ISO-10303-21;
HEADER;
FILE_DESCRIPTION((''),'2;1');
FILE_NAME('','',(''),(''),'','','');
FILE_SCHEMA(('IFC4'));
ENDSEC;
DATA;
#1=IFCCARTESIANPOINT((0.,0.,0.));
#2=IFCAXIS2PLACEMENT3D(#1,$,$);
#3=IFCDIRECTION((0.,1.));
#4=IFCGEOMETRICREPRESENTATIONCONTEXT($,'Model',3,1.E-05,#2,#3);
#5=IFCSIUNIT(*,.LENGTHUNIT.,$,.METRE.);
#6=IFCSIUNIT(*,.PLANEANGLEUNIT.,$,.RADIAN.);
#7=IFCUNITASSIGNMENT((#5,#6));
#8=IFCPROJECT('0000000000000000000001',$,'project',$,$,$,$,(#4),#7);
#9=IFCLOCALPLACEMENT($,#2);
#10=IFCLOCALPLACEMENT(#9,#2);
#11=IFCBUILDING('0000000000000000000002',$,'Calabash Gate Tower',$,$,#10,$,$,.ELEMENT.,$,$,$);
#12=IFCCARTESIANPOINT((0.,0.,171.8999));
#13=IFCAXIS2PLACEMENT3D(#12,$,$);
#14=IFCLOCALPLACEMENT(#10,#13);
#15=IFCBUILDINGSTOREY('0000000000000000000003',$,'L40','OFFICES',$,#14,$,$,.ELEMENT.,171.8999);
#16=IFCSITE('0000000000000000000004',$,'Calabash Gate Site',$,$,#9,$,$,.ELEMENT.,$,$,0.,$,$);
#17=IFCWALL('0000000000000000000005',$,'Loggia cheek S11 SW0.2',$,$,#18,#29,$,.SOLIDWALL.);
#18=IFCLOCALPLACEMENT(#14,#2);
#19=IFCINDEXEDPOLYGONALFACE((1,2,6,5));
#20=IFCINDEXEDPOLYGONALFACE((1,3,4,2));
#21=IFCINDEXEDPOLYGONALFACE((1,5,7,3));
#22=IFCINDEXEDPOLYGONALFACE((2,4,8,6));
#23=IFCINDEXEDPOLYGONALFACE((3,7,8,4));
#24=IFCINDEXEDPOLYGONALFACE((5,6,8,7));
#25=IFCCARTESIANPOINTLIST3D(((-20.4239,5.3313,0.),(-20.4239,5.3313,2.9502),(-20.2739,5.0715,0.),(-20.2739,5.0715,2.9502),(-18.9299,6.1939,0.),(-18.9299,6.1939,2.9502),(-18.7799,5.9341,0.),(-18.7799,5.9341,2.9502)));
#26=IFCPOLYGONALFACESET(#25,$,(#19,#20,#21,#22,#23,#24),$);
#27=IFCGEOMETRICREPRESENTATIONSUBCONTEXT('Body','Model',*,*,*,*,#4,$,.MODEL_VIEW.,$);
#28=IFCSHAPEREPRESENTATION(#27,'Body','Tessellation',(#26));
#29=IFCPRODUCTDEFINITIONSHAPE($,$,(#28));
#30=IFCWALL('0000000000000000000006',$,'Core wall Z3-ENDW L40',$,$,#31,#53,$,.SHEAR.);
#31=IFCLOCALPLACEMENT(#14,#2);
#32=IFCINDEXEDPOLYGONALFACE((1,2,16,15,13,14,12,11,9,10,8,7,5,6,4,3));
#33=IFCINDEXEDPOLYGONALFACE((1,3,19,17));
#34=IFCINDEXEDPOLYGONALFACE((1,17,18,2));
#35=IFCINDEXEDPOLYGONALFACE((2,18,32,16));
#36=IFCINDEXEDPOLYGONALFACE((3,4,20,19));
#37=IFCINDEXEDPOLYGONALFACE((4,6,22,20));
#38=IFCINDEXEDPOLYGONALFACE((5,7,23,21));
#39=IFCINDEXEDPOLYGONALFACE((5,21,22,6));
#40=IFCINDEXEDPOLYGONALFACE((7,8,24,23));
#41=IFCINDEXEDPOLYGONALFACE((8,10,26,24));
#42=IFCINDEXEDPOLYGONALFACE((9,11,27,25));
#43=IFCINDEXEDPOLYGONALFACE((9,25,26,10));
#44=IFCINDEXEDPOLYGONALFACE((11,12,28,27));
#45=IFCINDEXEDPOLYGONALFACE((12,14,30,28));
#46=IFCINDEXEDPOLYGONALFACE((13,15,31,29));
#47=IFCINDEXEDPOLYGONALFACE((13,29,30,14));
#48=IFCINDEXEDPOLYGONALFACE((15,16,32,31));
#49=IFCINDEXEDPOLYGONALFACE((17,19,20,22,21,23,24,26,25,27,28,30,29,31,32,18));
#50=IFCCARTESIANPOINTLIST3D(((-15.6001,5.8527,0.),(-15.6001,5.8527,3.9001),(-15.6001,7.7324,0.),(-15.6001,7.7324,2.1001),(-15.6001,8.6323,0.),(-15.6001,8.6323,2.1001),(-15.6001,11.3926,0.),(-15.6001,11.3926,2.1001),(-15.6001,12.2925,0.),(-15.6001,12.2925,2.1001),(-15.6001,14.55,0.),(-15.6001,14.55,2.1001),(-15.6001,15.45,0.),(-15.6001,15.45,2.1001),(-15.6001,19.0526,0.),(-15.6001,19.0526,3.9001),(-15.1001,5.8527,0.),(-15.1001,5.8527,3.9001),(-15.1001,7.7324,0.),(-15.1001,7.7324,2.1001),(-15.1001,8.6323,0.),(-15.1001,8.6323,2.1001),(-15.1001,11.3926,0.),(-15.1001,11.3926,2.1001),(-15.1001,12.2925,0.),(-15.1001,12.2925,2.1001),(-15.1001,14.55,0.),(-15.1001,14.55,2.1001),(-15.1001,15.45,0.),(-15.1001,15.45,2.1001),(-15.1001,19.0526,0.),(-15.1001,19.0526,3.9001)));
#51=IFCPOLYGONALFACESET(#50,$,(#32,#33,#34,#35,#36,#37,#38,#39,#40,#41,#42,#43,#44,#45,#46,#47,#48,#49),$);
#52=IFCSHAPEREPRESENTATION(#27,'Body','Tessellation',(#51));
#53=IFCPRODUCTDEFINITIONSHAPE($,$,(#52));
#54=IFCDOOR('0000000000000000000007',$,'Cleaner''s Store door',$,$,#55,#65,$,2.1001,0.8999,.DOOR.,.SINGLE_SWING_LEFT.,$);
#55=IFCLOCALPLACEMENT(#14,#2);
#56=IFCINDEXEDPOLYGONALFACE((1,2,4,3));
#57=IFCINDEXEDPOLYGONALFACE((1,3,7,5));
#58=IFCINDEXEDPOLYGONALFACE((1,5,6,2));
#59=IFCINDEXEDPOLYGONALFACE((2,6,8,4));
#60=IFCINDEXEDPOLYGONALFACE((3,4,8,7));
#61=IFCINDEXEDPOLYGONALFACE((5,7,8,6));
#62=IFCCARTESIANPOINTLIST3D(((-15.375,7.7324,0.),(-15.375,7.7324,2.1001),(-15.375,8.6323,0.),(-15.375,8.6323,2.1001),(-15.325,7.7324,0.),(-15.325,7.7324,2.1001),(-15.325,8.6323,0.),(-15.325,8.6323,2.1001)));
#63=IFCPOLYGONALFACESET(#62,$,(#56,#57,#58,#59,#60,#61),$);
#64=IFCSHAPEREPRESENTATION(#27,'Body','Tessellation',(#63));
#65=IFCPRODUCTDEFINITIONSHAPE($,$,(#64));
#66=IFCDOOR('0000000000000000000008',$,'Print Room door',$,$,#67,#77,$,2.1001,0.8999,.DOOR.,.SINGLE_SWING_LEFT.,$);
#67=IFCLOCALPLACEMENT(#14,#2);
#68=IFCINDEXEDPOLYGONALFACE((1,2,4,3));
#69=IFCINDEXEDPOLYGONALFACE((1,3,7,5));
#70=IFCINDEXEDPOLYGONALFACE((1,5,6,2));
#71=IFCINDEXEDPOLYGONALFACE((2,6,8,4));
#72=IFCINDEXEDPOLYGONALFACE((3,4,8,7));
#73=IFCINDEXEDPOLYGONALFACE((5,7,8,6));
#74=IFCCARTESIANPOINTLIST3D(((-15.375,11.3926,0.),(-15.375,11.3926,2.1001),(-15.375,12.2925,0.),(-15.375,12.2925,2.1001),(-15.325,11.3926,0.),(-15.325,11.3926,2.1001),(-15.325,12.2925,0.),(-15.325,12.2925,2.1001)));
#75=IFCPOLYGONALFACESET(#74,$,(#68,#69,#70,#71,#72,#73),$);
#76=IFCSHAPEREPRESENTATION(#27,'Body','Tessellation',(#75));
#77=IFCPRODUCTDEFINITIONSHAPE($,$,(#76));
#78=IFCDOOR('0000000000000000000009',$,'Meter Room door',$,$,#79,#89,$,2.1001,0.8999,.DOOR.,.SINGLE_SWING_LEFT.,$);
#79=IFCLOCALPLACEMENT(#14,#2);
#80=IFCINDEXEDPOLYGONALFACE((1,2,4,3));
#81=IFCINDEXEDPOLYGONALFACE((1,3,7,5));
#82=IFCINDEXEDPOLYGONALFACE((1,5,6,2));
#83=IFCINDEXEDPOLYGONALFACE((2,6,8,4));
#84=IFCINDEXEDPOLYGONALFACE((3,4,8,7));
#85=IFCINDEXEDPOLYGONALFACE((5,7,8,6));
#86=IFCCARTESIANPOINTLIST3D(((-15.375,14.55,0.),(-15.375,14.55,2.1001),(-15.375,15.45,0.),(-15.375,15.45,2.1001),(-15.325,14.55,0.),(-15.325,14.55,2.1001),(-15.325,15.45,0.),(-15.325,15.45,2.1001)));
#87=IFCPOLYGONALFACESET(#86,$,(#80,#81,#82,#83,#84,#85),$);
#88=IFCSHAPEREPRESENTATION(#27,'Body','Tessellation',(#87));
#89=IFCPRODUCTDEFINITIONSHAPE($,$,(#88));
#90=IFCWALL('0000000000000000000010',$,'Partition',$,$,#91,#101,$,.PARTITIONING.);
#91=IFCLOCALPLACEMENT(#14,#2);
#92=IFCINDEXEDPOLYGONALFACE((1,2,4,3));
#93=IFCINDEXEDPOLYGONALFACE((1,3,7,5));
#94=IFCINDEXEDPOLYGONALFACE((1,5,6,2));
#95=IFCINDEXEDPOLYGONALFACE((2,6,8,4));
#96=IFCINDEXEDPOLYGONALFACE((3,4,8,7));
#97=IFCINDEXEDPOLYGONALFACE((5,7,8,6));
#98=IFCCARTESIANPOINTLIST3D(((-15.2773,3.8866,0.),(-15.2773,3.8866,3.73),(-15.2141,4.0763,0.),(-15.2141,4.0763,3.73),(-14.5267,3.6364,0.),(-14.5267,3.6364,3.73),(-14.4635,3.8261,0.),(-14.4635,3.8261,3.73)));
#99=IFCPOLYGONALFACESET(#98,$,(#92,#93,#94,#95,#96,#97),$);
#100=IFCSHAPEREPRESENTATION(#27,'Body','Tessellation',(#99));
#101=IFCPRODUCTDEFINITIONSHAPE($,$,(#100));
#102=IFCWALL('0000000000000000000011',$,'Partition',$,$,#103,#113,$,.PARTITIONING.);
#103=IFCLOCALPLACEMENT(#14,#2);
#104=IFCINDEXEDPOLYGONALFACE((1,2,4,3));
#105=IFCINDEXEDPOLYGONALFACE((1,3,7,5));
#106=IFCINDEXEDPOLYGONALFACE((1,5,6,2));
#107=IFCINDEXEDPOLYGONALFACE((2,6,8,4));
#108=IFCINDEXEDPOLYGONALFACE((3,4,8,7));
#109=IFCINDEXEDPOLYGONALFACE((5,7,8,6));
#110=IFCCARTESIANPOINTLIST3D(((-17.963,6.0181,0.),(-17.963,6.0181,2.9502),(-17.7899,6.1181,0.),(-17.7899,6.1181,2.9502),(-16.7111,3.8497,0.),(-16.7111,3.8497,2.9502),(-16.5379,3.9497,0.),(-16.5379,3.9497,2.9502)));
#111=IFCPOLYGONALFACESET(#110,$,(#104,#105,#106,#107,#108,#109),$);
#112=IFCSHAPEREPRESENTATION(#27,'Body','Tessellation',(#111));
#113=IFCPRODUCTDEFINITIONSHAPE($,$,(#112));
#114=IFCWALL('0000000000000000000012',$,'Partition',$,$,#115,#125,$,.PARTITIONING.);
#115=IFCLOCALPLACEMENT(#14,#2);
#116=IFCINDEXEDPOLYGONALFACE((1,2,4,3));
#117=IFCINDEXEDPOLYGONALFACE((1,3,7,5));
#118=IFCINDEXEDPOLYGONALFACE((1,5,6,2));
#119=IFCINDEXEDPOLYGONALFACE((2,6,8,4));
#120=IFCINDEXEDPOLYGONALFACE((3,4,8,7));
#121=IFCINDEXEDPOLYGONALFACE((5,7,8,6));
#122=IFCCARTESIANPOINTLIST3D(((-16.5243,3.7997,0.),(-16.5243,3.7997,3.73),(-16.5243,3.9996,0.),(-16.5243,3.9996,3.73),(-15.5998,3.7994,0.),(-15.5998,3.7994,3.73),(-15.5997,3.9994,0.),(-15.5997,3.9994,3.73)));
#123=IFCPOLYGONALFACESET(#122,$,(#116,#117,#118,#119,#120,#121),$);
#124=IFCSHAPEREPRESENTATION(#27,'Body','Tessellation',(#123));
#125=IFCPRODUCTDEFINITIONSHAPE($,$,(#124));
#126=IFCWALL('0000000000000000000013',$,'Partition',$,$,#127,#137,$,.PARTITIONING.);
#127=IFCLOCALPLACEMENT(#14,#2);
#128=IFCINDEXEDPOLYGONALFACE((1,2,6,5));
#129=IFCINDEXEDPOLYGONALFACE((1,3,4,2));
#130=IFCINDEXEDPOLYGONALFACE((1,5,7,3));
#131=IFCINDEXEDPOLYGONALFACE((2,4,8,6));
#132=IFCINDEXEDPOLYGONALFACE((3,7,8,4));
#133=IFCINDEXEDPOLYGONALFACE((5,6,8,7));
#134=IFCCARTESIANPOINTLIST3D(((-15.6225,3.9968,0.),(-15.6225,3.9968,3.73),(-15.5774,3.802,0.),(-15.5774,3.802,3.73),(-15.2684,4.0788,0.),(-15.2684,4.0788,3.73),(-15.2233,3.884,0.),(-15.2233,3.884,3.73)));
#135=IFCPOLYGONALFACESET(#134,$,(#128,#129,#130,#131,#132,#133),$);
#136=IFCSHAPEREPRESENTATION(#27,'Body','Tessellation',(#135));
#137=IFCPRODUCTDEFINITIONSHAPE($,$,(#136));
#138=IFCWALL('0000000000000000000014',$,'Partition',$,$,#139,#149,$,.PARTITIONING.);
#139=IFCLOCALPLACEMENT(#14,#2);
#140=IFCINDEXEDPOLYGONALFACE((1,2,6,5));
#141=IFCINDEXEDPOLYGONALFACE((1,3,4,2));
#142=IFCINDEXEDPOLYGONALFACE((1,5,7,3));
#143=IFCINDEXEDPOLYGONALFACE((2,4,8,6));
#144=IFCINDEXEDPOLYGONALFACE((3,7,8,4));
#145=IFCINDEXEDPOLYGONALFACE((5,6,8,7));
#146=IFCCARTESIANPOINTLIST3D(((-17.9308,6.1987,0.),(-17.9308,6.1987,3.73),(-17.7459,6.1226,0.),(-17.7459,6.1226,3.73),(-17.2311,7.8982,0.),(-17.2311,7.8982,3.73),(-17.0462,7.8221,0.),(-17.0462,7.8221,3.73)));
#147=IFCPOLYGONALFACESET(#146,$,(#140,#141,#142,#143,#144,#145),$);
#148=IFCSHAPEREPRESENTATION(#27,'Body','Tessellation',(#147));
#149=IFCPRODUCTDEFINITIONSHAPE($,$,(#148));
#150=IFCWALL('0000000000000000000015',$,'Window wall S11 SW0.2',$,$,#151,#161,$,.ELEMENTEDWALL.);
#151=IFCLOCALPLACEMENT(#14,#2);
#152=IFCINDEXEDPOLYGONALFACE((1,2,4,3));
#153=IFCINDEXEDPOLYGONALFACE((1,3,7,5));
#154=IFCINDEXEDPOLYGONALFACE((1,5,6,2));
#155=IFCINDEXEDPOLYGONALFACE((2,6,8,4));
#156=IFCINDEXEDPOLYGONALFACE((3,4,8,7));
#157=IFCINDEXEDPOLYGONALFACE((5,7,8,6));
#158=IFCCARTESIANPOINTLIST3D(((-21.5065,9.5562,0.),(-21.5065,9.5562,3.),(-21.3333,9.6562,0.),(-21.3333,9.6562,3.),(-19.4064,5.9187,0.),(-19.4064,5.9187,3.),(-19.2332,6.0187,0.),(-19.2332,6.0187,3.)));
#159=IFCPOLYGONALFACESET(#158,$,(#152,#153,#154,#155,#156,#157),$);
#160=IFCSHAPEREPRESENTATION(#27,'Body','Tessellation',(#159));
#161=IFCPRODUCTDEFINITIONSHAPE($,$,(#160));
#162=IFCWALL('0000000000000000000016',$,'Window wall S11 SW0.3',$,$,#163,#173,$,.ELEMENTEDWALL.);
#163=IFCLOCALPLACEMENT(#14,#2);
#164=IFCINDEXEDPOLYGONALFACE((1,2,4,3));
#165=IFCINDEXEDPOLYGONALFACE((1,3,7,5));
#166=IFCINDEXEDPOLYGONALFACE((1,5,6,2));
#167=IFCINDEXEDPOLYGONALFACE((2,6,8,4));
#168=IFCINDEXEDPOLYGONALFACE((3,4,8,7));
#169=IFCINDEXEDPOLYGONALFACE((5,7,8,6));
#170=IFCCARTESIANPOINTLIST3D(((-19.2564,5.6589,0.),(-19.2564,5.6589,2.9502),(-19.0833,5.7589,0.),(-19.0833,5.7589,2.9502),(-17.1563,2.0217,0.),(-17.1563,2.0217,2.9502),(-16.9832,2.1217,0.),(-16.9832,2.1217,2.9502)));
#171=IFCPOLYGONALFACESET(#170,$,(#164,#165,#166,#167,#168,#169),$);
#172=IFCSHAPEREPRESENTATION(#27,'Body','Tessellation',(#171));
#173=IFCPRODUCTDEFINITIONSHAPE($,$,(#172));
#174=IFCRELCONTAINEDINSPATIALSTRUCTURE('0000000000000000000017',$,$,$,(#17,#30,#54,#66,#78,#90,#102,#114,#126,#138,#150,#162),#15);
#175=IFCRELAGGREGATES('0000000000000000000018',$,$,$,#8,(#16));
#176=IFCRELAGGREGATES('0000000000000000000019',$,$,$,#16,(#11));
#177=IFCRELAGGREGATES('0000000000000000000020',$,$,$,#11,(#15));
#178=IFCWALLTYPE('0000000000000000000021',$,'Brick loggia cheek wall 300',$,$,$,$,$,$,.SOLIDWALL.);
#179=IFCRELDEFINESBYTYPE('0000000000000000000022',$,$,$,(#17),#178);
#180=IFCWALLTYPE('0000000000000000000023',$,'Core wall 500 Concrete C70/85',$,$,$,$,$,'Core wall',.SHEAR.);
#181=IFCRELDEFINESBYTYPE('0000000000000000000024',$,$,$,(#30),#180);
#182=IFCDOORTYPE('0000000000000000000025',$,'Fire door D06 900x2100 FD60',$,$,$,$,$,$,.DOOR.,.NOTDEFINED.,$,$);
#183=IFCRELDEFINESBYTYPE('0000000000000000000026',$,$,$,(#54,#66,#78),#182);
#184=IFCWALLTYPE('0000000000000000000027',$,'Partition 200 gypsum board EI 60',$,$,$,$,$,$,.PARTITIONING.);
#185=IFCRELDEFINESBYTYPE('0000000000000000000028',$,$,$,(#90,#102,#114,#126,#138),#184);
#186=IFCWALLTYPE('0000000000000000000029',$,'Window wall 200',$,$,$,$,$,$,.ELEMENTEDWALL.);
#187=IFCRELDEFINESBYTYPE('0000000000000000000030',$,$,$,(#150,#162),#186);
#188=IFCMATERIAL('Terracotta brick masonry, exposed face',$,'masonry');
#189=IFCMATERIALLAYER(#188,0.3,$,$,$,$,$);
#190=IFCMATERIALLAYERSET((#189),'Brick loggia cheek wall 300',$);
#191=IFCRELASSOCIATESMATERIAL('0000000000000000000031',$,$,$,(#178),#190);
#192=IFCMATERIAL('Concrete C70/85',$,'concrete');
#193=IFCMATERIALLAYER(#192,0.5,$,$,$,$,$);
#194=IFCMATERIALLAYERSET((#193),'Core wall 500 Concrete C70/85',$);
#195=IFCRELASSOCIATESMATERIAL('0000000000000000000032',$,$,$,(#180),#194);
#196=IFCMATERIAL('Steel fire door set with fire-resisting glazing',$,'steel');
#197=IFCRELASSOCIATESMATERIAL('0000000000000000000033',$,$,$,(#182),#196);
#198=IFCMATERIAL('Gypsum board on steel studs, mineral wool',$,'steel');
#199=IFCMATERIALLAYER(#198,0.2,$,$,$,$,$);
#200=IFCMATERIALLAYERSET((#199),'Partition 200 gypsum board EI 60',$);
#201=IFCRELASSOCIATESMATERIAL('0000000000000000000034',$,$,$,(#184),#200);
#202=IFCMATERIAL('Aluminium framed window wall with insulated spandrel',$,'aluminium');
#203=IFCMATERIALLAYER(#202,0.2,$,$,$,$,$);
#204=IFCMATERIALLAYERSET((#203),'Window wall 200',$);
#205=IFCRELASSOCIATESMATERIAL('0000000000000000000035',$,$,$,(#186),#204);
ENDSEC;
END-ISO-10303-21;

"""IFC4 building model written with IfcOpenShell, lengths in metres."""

from ifc_helpers import new_model, si_unit, direction, frame, frame_2d, origin, place, context, subcontext, project, spatial, rectangle, extrude, material, layer, layer_set, type_object, element, fill, save


model = new_model("IFC4")

# Units and contexts
model_context = context("Model", 3, precision=1e-05, world=origin(), true_north=direction((0.0, 1.0)))
body_context = subcontext(model_context, "Body", "Model", "MODEL_VIEW")
ifc_project = project(units=[si_unit("LENGTHUNIT", "METRE"), si_unit("PLANEANGLEUNIT", "RADIAN")], contexts=[model_context])

# Site, building, storey
site_placement = place(None, origin())
site = spatial("IfcSite", under=ifc_project, at=site_placement, Name="Calabash Gate Site", CompositionType="ELEMENT", RefElevation=0.0)
building_placement = place(site_placement, origin())
building = spatial("IfcBuilding", under=site, at=building_placement, Name="Calabash Gate Tower", CompositionType="ELEMENT")
storey_placement = place(building_placement, frame((0.0, 0.0, 171.8999)))
storey = spatial("IfcBuildingStorey", under=building, at=storey_placement, Name="L40", Description="OFFICES", CompositionType="ELEMENT", Elevation=171.8999)

# Wall
ifc_material_1 = material(Name="Terracotta brick masonry, exposed face", Category="masonry")
ifc_layer_1 = layer(ifc_material_1, 0.3)
ifc_layer_set_1 = layer_set([ifc_layer_1], Name="Brick loggia cheek wall 300")
wall_type_1 = type_object("IfcWallType", Name="Brick loggia cheek wall 300", PredefinedType="SOLIDWALL", material=ifc_layer_set_1)
wall_1_placement = place(storey_placement, frame((-20.3489, 5.2014, 0.0), z_axis=(0.0, 0.0, 1.0), x_axis=(0.866014, 0.500021, 0.0)))
element("IfcWall", 1, at=wall_1_placement, inside=storey, type_object=wall_type_1, Name="Loggia cheek S11 SW0.2", PredefinedType="SOLIDWALL", context=body_context, shape_type="SweptSolid", body=[
    extrude(rectangle(XDim=1.7251, YDim=0.3, at=frame_2d((0.8625, 0.0))), origin(), (0.0, 0.0, 1.0), 2.9502),
])

# Wall, openings, doors
ifc_material_2 = material(Name="Concrete C70/85", Category="concrete")
ifc_layer_2 = layer(ifc_material_2, 0.5)
ifc_layer_set_2 = layer_set([ifc_layer_2], Name="Core wall 500 Concrete C70/85")
wall_type_2 = type_object("IfcWallType", Name="Core wall 500 Concrete C70/85", ElementType="Core wall", PredefinedType="SHEAR", material=ifc_layer_set_2)
wall_2_placement = place(storey_placement, frame((-15.3501, 5.8525, 0.0), z_axis=(0.0, 0.0, 1.0), x_axis=(0.0, 1.0, 0.0)))
wall_2 = element("IfcWall", 2, at=wall_2_placement, inside=storey, type_object=wall_type_2, Name="Core wall Z3-ENDW L40", PredefinedType="SHEAR", context=body_context, shape_type="SweptSolid", body=[
    extrude(rectangle(XDim=13.2, YDim=0.5, at=frame_2d((6.6001, 0.0))), origin(), (0.0, 0.0, 1.0), 3.9001),
])
opening_1_placement = place(wall_2_placement, frame((1.8799, 0.0, 0.0)))
opening_1 = element("IfcOpeningElement", 3, at=opening_1_placement, cuts=wall_2, PredefinedType="OPENING", context=body_context, shape_type="SweptSolid", body=[
    extrude(rectangle(XDim=0.8999, YDim=2.1001, at=frame_2d((0.45, 1.05))), frame((0.0, 0.26, 0.0), z_axis=(0.0, -1.0, 0.0), x_axis=(1.0, 0.0, 0.0)), (0.0, 0.0, 1.0), 0.52),
])
opening_2_placement = place(wall_2_placement, frame((5.54, 0.0, 0.0)))
opening_2 = element("IfcOpeningElement", 4, at=opening_2_placement, cuts=wall_2, PredefinedType="OPENING", context=body_context, shape_type="SweptSolid", body=[
    extrude(rectangle(XDim=0.8999, YDim=2.1001, at=frame_2d((0.45, 1.05))), frame((0.0, 0.26, 0.0), z_axis=(0.0, -1.0, 0.0), x_axis=(1.0, 0.0, 0.0)), (0.0, 0.0, 1.0), 0.52),
])
opening_3_placement = place(wall_2_placement, frame((8.6975, 0.0, 0.0)))
opening_3 = element("IfcOpeningElement", 5, at=opening_3_placement, cuts=wall_2, PredefinedType="OPENING", context=body_context, shape_type="SweptSolid", body=[
    extrude(rectangle(XDim=0.8999, YDim=2.1001, at=frame_2d((0.45, 1.05))), frame((0.0, 0.26, 0.0), z_axis=(0.0, -1.0, 0.0), x_axis=(1.0, 0.0, 0.0)), (0.0, 0.0, 1.0), 0.52),
])
ifc_material_3 = material(Name="Steel fire door set with fire-resisting glazing", Category="steel")
door_type = type_object("IfcDoorType", Name="Fire door D06 900x2100 FD60", OperationType="NOTDEFINED", PredefinedType="DOOR", material=ifc_material_3)
door_1_placement = place(opening_1_placement, origin())
door_1 = element("IfcDoor", 6, at=door_1_placement, inside=storey, type_object=door_type, Name="Cleaner's Store door", OperationType="SINGLE_SWING_LEFT", OverallHeight=2.1001, OverallWidth=0.8999, PredefinedType="DOOR", context=body_context, shape_type="SweptSolid", body=[
    extrude(rectangle(XDim=0.8999, YDim=2.1001, at=frame_2d((0.45, 1.05))), frame((0.0, 0.0249, 0.0), z_axis=(0.0, -1.0, 0.0), x_axis=(1.0, 0.0, 0.0)), (0.0, 0.0, 1.0), 0.05),
])
fill(opening_1, door_1)
door_2_placement = place(opening_2_placement, origin())
door_2 = element("IfcDoor", 7, at=door_2_placement, inside=storey, type_object=door_type, Name="Print Room door", OperationType="SINGLE_SWING_LEFT", OverallHeight=2.1001, OverallWidth=0.8999, PredefinedType="DOOR", context=body_context, shape_type="SweptSolid", body=[
    extrude(rectangle(XDim=0.8999, YDim=2.1001, at=frame_2d((0.45, 1.05))), frame((0.0, 0.0249, 0.0), z_axis=(0.0, -1.0, 0.0), x_axis=(1.0, 0.0, 0.0)), (0.0, 0.0, 1.0), 0.05),
])
fill(opening_2, door_2)
door_3_placement = place(opening_3_placement, origin())
door_3 = element("IfcDoor", 8, at=door_3_placement, inside=storey, type_object=door_type, Name="Meter Room door", OperationType="SINGLE_SWING_LEFT", OverallHeight=2.1001, OverallWidth=0.8999, PredefinedType="DOOR", context=body_context, shape_type="SweptSolid", body=[
    extrude(rectangle(XDim=0.8999, YDim=2.1001, at=frame_2d((0.45, 1.05))), frame((0.0, 0.0249, 0.0), z_axis=(0.0, -1.0, 0.0), x_axis=(1.0, 0.0, 0.0)), (0.0, 0.0, 1.0), 0.05),
])
fill(opening_3, door_3)

# Walls
ifc_material_4 = material(Name="Gypsum board on steel studs, mineral wool", Category="steel")
ifc_layer_3 = layer(ifc_material_4, 0.2)
ifc_layer_set_3 = layer_set([ifc_layer_3], Name="Partition 200 gypsum board EI 60")
wall_type_3 = type_object("IfcWallType", Name="Partition 200 gypsum board EI 60", PredefinedType="PARTITIONING", material=ifc_layer_set_3)
wall_3_placement = place(storey_placement, frame((-15.2456, 3.9814, 0.0), z_axis=(0.0, 0.0, 1.0), x_axis=(0.948683, -0.316228, 0.0)))
element("IfcWall", 9, at=wall_3_placement, inside=storey, type_object=wall_type_3, Name="Partition", PredefinedType="PARTITIONING", context=body_context, shape_type="SweptSolid", body=[
    extrude(rectangle(XDim=0.7913, YDim=0.2, at=frame_2d((0.3955, 0.0))), origin(), (0.0, 0.0, 1.0), 3.73),
])
wall_4_placement = place(storey_placement, frame((-17.8765, 6.0681, 0.0), z_axis=(0.0, 0.0, 1.0), x_axis=(0.499998, -0.866026, 0.0)))
element("IfcWall", 10, at=wall_4_placement, inside=storey, type_object=wall_type_3, Name="Partition", PredefinedType="PARTITIONING", context=body_context, shape_type="SweptSolid", body=[
    extrude(rectangle(XDim=2.5039, YDim=0.2, at=frame_2d((1.252, 0.0))), origin(), (0.0, 0.0, 1.0), 2.9502),
])
wall_5_placement = place(storey_placement, frame((-16.5244, 3.8997, 0.0), z_axis=(0.0, 0.0, 1.0), x_axis=(1.0, -0.000264, 0.0)))
element("IfcWall", 11, at=wall_5_placement, inside=storey, type_object=wall_type_3, Name="Partition", PredefinedType="PARTITIONING", context=body_context, shape_type="SweptSolid", body=[
    extrude(rectangle(XDim=0.9246, YDim=0.2, at=frame_2d((0.4624, 0.0))), origin(), (0.0, 0.0, 1.0), 3.73),
])
wall_6_placement = place(storey_placement, frame((-15.5999, 3.8994, 0.0), z_axis=(0.0, 0.0, 1.0), x_axis=(0.974221, 0.225595, 0.0)))
element("IfcWall", 12, at=wall_6_placement, inside=storey, type_object=wall_type_3, Name="Partition", PredefinedType="PARTITIONING", context=body_context, shape_type="SweptSolid", body=[
    extrude(rectangle(XDim=0.3635, YDim=0.2, at=frame_2d((0.1816, 0.0))), origin(), (0.0, 0.0, 1.0), 3.73),
])
wall_7_placement = place(storey_placement, frame((-17.8384, 6.1606, 0.0), z_axis=(0.0, 0.0, 1.0), x_axis=(0.380716, 0.924692, 0.0)))
element("IfcWall", 13, at=wall_7_placement, inside=storey, type_object=wall_type_3, Name="Partition", PredefinedType="PARTITIONING", context=body_context, shape_type="SweptSolid", body=[
    extrude(rectangle(XDim=1.8379, YDim=0.2, at=frame_2d((0.9189, 0.0))), origin(), (0.0, 0.0, 1.0), 3.73),
])
ifc_material_5 = material(Name="Aluminium framed window wall with insulated spandrel", Category="aluminium")
ifc_layer_4 = layer(ifc_material_5, 0.2)
ifc_layer_set_4 = layer_set([ifc_layer_4], Name="Window wall 200")
wall_type_4 = type_object("IfcWallType", Name="Window wall 200", PredefinedType="ELEMENTEDWALL", material=ifc_layer_set_4)
wall_8_placement = place(storey_placement, frame((-21.4199, 9.6062, 0.0), z_axis=(0.0, 0.0, 1.0), x_axis=(0.500003, -0.866024, 0.0)))
element("IfcWall", 14, at=wall_8_placement, inside=storey, type_object=wall_type_4, Name="Window wall S11 SW0.2", PredefinedType="ELEMENTEDWALL", context=body_context, shape_type="SweptSolid", body=[
    extrude(rectangle(XDim=4.2002, YDim=0.2, at=frame_2d((2.1001, 0.0))), origin(), (0.0, 0.0, 1.0), 3.0),
])
wall_9_placement = place(storey_placement, frame((-19.1699, 5.709, 0.0), z_axis=(0.0, 0.0, 1.0), x_axis=(0.500028, -0.866009, 0.0)))
element("IfcWall", 15, at=wall_9_placement, inside=storey, type_object=wall_type_4, Name="Window wall S11 SW0.3", PredefinedType="ELEMENTEDWALL", context=body_context, shape_type="SweptSolid", body=[
    extrude(rectangle(XDim=4.2, YDim=0.2, at=frame_2d((2.1001, 0.0))), origin(), (0.0, 0.0, 1.0), 2.9502),
])

save(model, "model.ifc")
